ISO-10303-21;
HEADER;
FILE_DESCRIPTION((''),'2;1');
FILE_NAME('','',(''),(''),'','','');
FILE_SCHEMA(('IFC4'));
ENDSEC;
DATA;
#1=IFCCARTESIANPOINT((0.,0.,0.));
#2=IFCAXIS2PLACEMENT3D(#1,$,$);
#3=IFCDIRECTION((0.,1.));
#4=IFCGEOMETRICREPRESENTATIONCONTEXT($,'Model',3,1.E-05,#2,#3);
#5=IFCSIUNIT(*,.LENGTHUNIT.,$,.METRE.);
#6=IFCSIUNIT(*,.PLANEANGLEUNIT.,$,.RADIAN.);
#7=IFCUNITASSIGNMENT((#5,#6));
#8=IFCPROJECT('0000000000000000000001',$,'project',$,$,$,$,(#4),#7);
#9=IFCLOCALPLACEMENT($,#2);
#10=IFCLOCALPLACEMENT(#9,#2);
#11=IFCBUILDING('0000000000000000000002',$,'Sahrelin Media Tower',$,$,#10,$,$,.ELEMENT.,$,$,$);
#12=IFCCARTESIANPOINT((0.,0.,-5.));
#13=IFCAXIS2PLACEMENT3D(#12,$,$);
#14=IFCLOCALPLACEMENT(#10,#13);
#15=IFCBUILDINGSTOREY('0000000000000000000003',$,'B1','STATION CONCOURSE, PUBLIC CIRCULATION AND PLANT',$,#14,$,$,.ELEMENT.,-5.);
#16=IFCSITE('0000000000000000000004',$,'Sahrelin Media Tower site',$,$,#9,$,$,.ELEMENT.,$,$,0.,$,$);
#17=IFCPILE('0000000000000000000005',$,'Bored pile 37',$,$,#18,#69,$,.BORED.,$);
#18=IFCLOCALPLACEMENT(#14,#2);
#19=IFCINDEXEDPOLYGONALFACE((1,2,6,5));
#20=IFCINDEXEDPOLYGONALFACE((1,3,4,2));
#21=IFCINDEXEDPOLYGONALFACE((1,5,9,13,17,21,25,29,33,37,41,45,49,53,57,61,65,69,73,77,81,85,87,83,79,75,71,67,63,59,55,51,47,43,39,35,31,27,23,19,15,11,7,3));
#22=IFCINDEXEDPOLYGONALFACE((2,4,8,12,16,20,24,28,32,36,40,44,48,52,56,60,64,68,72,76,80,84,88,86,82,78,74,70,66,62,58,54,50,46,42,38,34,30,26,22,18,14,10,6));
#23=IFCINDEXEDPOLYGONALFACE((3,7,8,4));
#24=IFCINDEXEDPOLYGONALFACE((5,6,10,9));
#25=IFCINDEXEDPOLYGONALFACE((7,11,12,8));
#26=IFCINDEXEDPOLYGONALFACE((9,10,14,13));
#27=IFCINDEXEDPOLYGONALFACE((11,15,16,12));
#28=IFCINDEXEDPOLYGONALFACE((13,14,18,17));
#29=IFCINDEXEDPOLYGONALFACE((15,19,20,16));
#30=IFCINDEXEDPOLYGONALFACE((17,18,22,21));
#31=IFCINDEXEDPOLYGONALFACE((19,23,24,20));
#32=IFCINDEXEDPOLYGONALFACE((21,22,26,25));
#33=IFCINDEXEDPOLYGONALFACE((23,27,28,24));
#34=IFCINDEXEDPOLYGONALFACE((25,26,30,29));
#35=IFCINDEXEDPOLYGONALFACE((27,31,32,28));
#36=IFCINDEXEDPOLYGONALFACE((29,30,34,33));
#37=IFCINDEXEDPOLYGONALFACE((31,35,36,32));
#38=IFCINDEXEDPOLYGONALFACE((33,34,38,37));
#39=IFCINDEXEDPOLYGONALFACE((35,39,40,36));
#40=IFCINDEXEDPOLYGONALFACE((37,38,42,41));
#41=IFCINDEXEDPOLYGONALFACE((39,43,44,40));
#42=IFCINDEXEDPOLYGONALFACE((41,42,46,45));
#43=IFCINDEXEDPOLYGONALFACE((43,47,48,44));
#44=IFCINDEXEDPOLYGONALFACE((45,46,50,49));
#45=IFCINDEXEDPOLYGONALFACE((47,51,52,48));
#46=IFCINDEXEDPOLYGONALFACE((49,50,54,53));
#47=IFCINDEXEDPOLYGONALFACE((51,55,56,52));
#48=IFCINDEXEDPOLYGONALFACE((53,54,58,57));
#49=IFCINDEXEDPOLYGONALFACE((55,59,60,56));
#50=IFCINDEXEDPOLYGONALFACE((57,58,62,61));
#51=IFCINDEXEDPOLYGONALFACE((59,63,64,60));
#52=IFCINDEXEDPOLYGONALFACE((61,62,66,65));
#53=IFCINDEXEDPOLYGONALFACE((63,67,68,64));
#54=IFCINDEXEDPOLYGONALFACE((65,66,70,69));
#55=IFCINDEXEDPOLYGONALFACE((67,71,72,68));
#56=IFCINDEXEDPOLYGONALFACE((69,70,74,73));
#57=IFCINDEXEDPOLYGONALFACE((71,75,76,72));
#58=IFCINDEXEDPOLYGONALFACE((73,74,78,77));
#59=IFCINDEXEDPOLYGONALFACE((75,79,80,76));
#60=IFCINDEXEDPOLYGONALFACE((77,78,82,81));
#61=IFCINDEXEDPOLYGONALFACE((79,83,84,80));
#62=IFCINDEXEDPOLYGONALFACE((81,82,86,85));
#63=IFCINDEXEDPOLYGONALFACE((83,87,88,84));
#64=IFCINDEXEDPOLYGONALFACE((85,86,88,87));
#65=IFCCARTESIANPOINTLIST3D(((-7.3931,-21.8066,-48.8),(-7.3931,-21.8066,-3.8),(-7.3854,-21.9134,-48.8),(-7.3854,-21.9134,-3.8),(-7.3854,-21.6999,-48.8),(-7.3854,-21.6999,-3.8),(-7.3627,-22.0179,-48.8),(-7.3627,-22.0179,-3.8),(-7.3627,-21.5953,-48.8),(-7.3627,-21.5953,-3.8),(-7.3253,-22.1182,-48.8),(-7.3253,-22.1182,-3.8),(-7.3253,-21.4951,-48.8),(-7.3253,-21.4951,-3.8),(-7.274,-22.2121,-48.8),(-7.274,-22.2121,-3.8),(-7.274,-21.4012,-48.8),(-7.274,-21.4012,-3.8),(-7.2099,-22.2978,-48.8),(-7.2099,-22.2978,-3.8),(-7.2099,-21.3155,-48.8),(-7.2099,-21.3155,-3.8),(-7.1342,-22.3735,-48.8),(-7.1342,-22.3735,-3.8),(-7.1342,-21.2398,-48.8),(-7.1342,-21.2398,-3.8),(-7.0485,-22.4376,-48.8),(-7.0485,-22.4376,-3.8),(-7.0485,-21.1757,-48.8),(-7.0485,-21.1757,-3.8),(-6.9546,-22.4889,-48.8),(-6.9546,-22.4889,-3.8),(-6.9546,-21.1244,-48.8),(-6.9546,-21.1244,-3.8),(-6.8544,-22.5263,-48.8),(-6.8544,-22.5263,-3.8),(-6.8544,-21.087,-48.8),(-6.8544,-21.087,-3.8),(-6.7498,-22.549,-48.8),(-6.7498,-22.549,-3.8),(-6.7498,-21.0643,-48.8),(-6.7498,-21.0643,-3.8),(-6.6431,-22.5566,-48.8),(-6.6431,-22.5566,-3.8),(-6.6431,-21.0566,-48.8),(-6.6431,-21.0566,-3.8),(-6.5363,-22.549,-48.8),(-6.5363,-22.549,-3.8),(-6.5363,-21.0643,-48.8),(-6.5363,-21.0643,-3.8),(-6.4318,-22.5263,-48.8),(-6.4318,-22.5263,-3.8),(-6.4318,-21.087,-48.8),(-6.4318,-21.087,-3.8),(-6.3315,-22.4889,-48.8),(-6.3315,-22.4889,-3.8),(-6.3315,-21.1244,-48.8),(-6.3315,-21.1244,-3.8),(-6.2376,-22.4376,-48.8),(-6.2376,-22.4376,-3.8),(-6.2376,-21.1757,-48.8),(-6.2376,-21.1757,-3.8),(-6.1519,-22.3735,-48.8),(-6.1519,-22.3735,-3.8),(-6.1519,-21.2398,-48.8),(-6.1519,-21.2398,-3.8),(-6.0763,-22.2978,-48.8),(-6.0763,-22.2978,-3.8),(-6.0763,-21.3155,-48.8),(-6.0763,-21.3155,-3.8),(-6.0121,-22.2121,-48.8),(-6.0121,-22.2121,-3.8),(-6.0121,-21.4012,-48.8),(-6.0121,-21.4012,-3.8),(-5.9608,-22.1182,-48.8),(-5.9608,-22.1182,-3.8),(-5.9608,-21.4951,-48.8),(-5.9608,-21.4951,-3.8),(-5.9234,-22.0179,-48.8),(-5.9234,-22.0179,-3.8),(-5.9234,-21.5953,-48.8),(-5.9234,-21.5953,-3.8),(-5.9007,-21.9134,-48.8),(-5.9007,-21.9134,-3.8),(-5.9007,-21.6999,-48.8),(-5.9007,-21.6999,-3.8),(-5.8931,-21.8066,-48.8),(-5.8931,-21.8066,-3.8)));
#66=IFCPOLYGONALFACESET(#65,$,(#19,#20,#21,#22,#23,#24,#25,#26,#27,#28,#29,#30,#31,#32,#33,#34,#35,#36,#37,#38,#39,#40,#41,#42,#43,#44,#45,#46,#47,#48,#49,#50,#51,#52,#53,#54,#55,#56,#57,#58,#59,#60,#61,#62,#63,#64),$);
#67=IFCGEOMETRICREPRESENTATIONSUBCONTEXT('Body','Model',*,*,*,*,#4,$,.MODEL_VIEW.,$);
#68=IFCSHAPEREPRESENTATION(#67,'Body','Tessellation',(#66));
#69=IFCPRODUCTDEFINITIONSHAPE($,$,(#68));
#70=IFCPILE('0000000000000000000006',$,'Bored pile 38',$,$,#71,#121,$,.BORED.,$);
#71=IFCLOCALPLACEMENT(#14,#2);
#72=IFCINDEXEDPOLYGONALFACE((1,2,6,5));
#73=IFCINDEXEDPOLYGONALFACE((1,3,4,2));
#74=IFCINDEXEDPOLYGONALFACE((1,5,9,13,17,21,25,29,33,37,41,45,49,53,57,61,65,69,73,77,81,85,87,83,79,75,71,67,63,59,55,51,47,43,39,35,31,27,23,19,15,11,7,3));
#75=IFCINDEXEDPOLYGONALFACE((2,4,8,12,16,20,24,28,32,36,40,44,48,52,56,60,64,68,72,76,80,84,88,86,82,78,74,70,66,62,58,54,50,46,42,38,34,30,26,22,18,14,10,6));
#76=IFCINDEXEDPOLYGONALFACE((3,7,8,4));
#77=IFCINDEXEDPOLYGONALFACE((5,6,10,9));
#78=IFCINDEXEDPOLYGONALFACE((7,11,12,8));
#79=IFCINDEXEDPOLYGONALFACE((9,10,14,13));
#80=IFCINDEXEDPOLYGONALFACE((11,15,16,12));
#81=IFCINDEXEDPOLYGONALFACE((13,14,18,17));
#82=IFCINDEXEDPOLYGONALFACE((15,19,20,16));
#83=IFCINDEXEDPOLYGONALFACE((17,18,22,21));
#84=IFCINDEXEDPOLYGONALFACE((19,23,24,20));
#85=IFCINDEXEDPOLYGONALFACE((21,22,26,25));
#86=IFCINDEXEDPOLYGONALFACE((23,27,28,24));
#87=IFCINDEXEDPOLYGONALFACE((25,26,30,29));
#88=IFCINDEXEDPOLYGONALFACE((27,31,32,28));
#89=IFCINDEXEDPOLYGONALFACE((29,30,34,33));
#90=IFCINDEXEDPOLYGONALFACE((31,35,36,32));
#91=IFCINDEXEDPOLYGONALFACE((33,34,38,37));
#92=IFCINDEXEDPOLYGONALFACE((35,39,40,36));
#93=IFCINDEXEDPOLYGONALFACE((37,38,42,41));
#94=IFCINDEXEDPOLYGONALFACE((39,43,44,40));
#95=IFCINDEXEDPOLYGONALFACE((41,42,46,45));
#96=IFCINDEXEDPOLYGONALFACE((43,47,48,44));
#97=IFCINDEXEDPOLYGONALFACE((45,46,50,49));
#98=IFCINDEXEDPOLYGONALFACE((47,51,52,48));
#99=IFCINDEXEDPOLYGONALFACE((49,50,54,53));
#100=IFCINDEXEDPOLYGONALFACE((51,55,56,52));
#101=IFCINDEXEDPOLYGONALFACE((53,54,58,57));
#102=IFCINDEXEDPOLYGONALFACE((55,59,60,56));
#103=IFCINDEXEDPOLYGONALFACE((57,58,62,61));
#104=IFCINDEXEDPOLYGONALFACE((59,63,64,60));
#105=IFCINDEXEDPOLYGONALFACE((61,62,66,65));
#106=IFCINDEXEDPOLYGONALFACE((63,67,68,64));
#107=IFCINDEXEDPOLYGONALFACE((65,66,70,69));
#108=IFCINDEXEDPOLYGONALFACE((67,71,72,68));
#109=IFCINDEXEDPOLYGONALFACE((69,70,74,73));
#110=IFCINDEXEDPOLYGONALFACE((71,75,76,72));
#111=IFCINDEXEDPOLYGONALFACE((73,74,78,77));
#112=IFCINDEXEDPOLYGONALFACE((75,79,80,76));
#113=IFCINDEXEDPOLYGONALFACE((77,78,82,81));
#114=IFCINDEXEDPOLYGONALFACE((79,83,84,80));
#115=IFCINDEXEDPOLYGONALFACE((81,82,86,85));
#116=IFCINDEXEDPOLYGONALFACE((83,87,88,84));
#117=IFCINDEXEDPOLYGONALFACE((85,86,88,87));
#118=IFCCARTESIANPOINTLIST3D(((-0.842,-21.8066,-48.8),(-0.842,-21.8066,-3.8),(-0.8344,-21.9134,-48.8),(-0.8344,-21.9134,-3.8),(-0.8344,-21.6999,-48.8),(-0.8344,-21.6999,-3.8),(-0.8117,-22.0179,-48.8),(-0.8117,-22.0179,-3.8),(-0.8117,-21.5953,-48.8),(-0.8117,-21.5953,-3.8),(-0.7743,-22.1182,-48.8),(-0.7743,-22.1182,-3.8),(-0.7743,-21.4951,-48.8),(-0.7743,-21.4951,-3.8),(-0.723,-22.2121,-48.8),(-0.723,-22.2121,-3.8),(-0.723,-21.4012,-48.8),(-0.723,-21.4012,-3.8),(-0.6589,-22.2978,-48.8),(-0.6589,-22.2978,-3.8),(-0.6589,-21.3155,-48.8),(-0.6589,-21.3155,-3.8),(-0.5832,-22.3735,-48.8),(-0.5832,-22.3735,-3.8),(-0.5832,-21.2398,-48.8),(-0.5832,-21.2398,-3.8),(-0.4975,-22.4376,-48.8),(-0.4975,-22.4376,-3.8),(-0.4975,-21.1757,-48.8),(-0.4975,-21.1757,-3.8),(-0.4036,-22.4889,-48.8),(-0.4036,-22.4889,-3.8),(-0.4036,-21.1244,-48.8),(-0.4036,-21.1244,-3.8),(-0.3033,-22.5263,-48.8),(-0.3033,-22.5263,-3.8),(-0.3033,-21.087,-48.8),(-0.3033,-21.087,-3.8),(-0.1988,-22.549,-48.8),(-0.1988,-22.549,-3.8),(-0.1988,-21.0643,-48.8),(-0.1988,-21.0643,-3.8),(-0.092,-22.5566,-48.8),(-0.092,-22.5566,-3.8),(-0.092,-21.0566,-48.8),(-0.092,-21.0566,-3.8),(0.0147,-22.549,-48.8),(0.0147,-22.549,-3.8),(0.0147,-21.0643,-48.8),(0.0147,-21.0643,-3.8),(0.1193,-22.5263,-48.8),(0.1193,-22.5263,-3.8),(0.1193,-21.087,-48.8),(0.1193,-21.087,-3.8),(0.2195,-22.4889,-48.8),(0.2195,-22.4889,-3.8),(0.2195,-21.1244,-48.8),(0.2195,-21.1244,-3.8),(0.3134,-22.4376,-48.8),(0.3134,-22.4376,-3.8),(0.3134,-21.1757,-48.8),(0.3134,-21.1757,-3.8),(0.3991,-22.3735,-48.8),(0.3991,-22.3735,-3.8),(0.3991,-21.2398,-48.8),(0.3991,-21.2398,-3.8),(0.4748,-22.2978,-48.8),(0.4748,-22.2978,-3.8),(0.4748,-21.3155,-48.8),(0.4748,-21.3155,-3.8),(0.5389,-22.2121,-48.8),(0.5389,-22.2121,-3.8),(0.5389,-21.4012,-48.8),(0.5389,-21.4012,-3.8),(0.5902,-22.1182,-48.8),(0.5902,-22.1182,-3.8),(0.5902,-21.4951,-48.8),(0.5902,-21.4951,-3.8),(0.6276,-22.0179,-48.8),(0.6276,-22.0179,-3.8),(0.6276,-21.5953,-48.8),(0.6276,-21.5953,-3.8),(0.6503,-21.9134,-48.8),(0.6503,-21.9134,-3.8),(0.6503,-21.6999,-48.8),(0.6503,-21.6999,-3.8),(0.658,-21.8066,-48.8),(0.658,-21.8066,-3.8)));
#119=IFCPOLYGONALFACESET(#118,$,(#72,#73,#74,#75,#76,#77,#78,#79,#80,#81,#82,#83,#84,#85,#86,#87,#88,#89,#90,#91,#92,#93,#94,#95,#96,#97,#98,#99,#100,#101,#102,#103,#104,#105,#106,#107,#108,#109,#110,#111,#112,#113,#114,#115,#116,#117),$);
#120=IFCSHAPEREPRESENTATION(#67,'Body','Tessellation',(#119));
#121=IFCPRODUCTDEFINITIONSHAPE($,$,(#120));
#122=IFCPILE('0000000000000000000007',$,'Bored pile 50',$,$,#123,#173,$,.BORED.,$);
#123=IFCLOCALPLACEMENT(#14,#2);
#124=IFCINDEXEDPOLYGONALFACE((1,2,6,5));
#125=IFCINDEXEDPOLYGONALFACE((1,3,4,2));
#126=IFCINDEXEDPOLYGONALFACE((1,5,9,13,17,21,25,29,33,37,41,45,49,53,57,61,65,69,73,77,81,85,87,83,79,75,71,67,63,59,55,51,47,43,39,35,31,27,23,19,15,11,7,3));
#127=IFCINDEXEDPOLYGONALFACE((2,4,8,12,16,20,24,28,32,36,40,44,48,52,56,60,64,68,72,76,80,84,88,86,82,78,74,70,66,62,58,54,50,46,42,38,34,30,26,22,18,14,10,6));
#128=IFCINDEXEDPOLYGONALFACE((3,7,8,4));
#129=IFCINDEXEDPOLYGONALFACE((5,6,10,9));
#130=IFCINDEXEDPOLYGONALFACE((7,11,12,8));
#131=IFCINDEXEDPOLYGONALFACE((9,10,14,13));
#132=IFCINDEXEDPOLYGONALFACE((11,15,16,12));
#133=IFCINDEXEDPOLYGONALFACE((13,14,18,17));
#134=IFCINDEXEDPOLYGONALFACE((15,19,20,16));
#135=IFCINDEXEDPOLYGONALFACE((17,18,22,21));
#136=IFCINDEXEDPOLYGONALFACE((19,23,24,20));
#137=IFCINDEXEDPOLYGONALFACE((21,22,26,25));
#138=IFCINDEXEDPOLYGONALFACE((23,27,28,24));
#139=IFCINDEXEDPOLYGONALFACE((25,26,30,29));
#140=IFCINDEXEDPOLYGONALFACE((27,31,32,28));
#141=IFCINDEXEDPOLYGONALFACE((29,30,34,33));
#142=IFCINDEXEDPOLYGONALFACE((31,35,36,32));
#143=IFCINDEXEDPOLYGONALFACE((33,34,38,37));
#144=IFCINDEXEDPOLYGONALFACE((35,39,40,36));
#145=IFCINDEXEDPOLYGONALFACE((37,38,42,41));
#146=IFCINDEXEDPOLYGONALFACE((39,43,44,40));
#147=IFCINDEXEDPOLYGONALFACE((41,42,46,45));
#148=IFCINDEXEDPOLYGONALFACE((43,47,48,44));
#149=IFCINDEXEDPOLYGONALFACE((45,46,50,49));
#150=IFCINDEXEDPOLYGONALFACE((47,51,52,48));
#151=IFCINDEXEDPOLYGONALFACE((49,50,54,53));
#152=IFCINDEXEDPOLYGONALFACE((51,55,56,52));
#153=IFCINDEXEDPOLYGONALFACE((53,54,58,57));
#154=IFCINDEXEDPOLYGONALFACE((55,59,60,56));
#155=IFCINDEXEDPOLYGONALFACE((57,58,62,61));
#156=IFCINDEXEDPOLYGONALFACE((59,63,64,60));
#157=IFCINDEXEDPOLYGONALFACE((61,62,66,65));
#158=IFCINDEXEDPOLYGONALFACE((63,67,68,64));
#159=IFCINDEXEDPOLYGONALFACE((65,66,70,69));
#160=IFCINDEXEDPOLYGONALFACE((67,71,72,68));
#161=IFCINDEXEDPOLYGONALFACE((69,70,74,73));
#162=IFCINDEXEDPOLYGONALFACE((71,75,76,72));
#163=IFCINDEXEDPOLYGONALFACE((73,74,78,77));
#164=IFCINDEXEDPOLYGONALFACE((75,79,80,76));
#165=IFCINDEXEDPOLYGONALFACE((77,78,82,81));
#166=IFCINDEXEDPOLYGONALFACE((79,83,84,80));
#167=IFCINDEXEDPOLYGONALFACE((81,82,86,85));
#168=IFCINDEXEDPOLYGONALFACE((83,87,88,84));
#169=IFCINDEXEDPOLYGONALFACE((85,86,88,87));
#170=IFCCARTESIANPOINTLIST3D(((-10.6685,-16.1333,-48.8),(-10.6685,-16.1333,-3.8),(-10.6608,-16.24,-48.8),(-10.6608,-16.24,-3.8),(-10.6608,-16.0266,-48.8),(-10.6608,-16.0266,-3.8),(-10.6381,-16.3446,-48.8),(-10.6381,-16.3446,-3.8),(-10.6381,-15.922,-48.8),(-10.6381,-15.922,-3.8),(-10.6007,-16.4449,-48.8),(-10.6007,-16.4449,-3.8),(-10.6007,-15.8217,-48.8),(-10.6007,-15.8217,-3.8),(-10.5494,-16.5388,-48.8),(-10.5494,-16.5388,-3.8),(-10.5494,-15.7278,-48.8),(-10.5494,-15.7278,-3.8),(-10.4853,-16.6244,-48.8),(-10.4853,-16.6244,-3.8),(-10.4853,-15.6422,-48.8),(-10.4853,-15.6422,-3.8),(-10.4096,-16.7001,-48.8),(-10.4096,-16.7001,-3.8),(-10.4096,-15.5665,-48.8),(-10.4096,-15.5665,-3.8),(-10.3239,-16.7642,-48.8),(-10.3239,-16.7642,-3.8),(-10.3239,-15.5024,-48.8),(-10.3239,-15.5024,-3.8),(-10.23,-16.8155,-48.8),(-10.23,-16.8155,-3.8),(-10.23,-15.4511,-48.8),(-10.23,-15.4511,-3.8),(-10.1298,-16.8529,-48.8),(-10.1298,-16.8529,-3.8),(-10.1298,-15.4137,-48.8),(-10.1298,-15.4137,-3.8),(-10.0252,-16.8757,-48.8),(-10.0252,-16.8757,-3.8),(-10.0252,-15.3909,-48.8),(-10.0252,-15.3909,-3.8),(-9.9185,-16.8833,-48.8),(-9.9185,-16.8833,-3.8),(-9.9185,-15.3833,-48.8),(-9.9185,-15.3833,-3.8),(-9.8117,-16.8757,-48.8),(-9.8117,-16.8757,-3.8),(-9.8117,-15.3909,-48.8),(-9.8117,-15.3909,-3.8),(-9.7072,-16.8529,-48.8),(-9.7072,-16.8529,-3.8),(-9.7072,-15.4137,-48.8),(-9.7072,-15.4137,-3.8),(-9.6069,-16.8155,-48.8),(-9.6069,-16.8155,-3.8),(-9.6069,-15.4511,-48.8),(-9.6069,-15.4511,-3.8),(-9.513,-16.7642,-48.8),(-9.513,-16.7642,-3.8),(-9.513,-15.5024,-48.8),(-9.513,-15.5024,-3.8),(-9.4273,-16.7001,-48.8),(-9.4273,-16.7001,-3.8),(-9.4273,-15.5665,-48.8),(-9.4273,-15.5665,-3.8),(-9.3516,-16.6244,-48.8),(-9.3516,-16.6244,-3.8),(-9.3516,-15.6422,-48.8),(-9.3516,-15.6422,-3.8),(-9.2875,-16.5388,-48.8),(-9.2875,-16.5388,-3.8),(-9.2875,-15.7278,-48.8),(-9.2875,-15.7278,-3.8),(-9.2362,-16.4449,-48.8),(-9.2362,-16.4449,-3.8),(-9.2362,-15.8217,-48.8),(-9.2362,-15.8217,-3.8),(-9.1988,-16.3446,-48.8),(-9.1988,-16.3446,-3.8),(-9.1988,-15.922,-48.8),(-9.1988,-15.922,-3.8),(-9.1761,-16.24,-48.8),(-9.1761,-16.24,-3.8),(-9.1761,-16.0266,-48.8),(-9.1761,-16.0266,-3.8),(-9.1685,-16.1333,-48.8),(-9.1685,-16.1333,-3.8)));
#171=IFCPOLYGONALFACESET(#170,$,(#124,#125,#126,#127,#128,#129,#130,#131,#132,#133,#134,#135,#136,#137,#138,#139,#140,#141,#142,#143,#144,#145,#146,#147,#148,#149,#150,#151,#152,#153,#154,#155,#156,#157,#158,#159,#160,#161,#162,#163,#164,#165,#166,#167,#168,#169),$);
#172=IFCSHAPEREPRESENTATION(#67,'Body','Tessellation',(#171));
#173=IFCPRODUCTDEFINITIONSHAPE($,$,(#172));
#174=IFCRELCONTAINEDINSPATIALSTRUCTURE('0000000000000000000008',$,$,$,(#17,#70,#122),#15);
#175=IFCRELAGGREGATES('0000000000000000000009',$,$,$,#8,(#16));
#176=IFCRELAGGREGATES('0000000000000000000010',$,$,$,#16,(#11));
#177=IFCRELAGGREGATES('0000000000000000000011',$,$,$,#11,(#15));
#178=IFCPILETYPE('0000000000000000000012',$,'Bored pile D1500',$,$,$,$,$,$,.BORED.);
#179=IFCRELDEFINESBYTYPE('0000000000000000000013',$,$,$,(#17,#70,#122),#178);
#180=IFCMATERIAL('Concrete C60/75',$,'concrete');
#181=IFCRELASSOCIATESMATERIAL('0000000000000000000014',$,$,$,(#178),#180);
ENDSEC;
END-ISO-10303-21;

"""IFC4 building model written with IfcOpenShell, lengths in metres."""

from ifc_helpers import new_model, si_unit, direction, frame, origin, origin_2d, place, context, subcontext, project, spatial, circle, extrude, material, material_profile, profile_set, type_object, element, save


model = new_model("IFC4")

# Units and contexts
model_context = context("Model", 3, precision=1e-05, world=origin(), true_north=direction((0.0, 1.0)))
body_context = subcontext(model_context, "Body", "Model", "MODEL_VIEW")
ifc_project = project(units=[si_unit("LENGTHUNIT", "METRE"), si_unit("PLANEANGLEUNIT", "RADIAN")], contexts=[model_context])

# Site, building, storey
site_placement = place(None, origin())
site = spatial("IfcSite", under=ifc_project, at=site_placement, Name="Sahrelin Media Tower site", CompositionType="ELEMENT", RefElevation=0.0)
building_placement = place(site_placement, origin())
building = spatial("IfcBuilding", under=site, at=building_placement, Name="Sahrelin Media Tower", CompositionType="ELEMENT")
storey_placement = place(building_placement, frame((0.0, 0.0, -5.0)))
storey = spatial("IfcBuildingStorey", under=building, at=storey_placement, Name="B1", Description="STATION CONCOURSE, PUBLIC CIRCULATION AND PLANT", CompositionType="ELEMENT", Elevation=-5.0)

# Piles
ifc_material_1 = material(Name="Concrete C60/75", Category="concrete")
ifc_material_profile_1 = material_profile(ifc_material_1, circle(Radius=0.75, at=origin_2d()), Name="Bored pile D1500")
ifc_profile_set_1 = profile_set([ifc_material_profile_1], Name="Concrete C60/75")
pile_type = type_object("IfcPileType", Name="Bored pile D1500", PredefinedType="BORED", material=ifc_profile_set_1)
for number, where, z_axis, x_axis, name in (
    (1, (-6.6431, -21.8066, -3.8), (0.0, 0.0, -1.0), (1.0, 0.0, 0.0), "Bored pile 37"),
    (2, (-0.092, -21.8066, -3.8), (0.0, 0.0, -1.0), (1.0, 0.0, 0.0), "Bored pile 38"),
    (3, (-9.9185, -16.1333, -3.8), (0.0, 0.0, -1.0), (1.0, 0.0, 0.0), "Bored pile 50"),
):
    element("IfcPile", number, at=place(storey_placement, frame(where, z_axis=z_axis, x_axis=x_axis)), inside=storey, type_object=pile_type, Name=name, PredefinedType="BORED", context=body_context, shape_type="SweptSolid", body=[
        extrude(circle(Radius=0.75, at=origin_2d()), origin(), (0.0, 0.0, 1.0), 45.0),
    ])

save(model, "model.ifc")
